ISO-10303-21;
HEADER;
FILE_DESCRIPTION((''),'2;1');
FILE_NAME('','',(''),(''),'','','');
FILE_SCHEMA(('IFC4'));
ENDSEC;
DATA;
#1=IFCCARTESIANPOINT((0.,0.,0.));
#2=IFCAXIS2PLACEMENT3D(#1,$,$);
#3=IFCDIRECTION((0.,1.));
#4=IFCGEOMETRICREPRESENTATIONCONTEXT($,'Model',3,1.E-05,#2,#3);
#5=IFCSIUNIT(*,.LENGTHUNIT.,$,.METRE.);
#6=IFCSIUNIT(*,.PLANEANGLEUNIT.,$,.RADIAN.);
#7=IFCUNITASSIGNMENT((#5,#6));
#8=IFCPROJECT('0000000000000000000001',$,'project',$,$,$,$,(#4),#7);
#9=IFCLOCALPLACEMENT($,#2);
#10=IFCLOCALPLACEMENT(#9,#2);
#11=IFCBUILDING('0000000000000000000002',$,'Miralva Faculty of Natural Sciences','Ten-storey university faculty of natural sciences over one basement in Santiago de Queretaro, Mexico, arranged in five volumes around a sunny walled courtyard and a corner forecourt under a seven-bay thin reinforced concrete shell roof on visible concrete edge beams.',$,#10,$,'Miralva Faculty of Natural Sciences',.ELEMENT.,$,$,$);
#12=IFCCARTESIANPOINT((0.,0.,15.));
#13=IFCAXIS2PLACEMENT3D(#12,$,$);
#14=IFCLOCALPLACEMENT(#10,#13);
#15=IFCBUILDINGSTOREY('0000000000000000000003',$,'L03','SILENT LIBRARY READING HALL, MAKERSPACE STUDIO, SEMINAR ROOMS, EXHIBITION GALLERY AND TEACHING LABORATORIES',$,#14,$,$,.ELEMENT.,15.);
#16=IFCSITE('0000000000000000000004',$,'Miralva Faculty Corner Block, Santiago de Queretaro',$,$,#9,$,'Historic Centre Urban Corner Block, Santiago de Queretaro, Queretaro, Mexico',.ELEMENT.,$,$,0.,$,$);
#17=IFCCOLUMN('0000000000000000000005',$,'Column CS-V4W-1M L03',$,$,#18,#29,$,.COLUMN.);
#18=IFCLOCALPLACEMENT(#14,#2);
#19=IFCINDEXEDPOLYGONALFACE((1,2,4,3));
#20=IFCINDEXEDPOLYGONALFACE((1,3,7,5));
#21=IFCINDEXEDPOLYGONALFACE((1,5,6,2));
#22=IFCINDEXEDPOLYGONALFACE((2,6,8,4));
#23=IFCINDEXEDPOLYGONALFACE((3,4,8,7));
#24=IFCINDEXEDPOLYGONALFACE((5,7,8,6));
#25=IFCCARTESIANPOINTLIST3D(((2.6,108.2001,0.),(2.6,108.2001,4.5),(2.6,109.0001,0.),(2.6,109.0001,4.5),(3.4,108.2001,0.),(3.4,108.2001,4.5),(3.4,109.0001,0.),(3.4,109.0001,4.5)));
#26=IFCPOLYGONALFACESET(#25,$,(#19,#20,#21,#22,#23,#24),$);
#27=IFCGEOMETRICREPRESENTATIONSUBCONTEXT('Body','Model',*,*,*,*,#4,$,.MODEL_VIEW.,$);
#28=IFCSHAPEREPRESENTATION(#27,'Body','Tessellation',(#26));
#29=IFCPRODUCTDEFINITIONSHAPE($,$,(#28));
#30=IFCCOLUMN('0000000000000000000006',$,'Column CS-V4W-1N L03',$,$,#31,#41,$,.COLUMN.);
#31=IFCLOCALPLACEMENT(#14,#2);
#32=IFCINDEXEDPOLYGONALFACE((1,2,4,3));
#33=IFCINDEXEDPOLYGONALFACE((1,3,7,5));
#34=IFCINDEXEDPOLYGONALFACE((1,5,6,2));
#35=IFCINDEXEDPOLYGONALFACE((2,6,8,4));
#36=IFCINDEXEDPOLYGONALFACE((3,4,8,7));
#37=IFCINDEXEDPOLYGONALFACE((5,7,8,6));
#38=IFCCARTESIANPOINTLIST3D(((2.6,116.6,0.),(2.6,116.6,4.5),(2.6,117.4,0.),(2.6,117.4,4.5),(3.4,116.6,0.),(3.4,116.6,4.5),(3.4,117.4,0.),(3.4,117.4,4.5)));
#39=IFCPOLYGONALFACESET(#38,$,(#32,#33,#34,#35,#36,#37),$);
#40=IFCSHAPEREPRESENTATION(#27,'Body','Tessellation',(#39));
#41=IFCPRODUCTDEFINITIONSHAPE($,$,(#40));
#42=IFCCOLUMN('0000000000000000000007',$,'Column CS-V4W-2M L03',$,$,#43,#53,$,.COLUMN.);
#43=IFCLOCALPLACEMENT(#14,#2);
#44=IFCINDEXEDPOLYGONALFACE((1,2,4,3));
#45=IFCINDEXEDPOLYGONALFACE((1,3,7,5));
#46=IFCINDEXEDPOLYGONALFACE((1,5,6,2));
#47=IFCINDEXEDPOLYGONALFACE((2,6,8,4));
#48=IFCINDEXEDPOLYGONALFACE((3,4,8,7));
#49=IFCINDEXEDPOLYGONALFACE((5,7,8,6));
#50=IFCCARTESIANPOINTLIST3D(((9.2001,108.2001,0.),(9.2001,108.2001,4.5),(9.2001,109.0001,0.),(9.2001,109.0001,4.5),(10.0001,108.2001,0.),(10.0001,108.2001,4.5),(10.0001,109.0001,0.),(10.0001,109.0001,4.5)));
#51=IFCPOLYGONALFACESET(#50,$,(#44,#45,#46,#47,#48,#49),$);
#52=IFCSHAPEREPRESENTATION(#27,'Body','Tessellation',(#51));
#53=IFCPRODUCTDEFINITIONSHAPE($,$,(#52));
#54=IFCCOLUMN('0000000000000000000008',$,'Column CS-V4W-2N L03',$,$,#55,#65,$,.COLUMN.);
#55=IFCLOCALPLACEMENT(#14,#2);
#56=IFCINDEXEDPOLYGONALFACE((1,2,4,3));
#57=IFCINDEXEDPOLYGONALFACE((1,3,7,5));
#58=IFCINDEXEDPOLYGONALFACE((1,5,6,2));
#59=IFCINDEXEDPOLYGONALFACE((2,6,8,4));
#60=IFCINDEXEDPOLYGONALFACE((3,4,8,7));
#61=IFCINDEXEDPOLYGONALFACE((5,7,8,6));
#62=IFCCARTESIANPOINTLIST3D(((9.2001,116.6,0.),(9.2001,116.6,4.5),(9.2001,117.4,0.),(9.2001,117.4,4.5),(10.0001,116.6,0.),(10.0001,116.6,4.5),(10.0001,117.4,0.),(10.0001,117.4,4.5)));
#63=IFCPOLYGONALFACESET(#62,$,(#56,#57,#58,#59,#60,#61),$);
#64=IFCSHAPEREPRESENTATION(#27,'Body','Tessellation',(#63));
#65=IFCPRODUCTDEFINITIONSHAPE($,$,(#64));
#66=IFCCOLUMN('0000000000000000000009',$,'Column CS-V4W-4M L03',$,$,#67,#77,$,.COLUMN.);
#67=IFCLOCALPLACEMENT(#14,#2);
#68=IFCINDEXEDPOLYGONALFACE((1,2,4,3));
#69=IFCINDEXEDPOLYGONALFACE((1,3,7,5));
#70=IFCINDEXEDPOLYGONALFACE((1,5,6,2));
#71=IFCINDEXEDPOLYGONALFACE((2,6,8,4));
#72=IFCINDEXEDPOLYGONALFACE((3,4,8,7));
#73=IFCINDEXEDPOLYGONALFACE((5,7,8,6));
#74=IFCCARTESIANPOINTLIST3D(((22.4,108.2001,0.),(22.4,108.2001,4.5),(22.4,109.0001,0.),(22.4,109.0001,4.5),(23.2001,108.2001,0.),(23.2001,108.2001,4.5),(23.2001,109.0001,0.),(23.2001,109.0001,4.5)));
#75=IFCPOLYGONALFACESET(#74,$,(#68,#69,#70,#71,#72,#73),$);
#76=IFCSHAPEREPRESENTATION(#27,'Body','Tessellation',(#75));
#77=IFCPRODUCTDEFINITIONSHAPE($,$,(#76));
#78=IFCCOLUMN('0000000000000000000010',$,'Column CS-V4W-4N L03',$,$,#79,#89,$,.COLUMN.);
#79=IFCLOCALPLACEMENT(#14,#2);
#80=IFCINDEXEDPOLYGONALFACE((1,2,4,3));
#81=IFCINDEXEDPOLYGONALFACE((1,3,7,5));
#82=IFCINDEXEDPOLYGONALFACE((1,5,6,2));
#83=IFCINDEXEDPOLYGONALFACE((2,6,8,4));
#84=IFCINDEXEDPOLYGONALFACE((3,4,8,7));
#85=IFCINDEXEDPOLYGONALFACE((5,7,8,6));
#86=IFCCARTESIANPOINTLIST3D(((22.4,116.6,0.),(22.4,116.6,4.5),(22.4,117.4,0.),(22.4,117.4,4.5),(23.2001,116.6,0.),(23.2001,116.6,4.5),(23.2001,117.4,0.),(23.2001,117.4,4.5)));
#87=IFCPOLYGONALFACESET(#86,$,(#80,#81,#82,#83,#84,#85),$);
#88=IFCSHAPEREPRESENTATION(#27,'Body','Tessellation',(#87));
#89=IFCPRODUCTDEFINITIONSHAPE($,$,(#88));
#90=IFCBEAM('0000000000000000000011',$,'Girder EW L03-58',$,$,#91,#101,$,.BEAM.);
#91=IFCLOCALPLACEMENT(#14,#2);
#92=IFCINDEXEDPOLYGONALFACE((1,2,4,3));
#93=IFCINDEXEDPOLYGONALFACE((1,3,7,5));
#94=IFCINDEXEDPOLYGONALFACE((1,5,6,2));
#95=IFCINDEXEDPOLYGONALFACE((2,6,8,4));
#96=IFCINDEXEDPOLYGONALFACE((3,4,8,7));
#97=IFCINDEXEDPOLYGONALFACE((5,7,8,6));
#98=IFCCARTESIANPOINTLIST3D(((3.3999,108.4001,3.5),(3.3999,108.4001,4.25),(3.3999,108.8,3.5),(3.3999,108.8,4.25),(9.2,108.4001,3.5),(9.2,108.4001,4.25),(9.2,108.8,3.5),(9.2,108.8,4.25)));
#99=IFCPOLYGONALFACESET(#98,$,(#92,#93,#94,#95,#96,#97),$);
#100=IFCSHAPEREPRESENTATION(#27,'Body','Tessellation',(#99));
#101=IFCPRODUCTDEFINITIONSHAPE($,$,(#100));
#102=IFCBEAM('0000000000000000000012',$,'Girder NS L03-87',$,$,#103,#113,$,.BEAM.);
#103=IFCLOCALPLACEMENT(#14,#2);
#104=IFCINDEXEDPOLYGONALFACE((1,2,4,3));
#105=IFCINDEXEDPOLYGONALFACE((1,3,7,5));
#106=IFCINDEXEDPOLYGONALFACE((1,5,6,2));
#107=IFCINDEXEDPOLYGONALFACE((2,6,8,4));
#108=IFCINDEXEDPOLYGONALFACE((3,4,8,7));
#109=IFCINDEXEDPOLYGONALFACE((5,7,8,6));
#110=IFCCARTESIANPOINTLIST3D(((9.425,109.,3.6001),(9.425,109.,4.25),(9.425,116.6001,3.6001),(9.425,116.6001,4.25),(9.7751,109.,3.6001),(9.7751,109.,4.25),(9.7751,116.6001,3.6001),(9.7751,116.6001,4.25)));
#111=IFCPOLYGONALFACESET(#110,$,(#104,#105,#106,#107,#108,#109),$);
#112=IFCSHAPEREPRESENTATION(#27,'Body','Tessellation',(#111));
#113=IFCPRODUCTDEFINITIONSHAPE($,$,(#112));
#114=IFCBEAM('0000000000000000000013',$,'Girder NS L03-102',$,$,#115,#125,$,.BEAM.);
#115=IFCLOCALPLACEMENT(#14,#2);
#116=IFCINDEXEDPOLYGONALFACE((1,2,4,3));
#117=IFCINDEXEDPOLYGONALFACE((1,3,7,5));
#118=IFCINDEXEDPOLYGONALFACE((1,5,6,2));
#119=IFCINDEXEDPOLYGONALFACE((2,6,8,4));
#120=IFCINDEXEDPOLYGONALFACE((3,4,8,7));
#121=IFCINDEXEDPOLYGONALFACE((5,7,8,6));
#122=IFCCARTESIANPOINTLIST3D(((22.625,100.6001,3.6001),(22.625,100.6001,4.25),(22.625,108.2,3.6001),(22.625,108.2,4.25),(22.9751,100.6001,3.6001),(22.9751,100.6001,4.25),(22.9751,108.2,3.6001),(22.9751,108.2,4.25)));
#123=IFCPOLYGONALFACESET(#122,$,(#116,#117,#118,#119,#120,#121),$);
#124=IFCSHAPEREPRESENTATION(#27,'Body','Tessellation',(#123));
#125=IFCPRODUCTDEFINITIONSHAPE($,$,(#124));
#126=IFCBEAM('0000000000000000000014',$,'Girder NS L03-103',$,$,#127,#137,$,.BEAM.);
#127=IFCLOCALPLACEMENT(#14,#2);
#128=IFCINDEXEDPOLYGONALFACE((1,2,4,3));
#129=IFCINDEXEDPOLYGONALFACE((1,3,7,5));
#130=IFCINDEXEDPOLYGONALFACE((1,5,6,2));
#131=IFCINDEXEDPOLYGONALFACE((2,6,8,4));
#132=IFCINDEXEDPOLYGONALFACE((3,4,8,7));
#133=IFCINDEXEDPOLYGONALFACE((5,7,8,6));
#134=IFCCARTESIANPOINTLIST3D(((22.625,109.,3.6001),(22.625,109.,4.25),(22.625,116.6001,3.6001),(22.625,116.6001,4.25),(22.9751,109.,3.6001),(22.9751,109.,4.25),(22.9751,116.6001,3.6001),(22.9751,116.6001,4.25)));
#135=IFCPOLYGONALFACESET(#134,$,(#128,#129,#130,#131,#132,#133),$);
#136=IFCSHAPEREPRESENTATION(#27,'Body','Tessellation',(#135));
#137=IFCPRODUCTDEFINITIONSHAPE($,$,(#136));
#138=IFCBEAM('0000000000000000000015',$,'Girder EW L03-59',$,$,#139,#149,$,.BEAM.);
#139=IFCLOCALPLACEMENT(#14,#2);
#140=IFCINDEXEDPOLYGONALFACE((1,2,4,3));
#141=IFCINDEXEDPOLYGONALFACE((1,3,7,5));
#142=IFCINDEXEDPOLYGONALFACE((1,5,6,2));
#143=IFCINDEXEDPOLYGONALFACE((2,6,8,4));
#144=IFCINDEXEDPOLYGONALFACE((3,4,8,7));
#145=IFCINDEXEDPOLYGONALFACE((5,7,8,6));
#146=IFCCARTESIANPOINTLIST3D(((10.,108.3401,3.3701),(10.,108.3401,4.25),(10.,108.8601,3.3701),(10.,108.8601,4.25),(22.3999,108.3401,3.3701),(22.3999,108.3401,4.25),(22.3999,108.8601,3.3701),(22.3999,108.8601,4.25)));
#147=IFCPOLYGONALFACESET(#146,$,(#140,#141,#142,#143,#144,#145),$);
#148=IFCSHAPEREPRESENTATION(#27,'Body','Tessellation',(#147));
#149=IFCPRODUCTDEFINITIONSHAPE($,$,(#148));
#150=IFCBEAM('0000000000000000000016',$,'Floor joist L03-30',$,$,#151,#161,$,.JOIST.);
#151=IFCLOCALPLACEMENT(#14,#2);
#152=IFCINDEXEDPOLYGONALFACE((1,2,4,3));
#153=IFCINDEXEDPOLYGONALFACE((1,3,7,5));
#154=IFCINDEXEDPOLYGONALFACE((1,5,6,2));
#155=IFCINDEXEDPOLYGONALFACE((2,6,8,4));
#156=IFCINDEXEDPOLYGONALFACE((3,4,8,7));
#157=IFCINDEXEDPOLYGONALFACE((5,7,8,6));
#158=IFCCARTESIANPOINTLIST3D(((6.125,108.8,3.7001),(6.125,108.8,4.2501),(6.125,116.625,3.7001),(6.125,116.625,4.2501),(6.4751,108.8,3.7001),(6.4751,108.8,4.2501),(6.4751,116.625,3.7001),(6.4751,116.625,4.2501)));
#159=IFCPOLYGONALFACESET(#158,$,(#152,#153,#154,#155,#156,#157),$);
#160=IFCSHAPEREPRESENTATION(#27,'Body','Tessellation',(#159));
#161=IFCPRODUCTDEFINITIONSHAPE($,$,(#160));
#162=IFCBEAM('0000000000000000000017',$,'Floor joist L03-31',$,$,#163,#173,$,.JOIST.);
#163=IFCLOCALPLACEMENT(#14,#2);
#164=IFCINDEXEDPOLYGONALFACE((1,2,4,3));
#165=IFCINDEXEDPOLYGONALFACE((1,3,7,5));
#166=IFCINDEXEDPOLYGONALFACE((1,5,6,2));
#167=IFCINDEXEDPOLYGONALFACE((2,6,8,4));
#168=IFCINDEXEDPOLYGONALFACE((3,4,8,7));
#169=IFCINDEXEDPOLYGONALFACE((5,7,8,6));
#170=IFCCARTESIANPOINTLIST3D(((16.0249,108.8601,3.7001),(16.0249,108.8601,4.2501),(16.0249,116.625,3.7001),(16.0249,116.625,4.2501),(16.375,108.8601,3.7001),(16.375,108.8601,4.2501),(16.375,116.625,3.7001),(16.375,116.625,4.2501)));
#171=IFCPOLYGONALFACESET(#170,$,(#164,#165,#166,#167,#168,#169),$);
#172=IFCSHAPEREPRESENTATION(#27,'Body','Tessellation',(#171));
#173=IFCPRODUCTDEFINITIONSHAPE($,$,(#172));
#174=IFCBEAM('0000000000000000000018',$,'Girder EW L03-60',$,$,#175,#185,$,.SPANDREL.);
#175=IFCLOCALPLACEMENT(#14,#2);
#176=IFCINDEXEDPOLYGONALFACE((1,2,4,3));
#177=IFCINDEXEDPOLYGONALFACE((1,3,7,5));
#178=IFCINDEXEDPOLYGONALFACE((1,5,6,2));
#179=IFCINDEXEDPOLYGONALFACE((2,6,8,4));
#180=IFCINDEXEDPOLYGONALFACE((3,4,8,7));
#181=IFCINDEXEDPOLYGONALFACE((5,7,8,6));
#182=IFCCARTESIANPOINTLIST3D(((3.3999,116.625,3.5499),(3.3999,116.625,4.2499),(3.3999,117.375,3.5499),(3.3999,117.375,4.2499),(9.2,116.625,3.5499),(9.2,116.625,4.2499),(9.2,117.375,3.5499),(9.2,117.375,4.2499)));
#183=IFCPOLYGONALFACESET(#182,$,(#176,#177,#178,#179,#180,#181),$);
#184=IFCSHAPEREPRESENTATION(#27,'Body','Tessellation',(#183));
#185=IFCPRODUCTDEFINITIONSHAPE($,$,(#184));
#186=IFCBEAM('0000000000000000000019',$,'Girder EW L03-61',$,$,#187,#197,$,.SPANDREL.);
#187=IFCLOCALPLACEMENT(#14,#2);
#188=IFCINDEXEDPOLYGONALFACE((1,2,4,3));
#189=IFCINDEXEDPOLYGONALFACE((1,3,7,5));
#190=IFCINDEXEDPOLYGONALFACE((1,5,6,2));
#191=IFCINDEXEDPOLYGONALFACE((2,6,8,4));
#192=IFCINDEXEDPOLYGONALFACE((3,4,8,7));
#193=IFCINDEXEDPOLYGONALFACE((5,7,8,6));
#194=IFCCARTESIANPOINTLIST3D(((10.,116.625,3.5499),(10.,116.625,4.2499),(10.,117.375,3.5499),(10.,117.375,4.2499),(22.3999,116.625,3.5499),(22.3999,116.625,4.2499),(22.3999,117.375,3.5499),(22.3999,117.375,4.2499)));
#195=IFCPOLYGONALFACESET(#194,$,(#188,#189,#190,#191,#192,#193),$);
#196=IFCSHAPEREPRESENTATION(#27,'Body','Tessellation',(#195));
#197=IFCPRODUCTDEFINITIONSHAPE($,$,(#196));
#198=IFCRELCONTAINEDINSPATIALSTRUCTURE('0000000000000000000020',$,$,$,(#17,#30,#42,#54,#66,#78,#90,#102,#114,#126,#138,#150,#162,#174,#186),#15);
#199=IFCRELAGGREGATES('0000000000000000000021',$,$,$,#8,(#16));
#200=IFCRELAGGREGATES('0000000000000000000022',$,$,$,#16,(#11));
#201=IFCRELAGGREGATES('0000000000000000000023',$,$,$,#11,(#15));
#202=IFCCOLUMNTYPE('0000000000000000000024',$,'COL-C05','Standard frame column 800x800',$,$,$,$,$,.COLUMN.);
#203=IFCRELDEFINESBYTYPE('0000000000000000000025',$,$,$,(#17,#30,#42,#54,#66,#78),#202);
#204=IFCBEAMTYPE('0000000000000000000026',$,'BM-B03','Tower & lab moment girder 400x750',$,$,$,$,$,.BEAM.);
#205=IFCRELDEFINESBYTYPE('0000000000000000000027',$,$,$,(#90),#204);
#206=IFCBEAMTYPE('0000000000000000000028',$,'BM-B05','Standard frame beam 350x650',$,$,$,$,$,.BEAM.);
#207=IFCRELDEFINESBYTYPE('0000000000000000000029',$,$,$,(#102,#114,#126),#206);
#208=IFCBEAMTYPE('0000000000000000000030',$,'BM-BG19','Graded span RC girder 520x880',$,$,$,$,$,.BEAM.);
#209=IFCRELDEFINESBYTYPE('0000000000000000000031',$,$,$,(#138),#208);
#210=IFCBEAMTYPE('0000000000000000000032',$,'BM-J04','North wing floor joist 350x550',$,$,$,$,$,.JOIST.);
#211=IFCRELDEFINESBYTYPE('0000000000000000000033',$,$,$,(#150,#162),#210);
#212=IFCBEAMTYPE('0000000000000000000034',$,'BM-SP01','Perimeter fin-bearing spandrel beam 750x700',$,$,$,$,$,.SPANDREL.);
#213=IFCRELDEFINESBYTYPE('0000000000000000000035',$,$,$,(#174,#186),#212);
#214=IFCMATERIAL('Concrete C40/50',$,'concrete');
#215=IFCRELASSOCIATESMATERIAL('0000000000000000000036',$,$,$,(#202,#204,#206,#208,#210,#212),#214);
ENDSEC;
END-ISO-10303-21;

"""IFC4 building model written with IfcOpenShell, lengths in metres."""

from ifc_helpers import new_model, si_unit, direction, frame, origin, origin_2d, place, context, subcontext, project, spatial, rectangle, extrude, material, material_profile, profile_set, type_object, element, save


model = new_model("IFC4")

# Units and contexts
model_context = context("Model", 3, precision=1e-05, world=origin(), true_north=direction((0.0, 1.0)))
body_context = subcontext(model_context, "Body", "Model", "MODEL_VIEW")
ifc_project = project(units=[si_unit("LENGTHUNIT", "METRE"), si_unit("PLANEANGLEUNIT", "RADIAN")], contexts=[model_context])

# Site, building, storey
site_placement = place(None, origin())
site = spatial("IfcSite", under=ifc_project, at=site_placement, Name="Miralva Faculty Corner Block, Santiago de Queretaro", LongName="Historic Centre Urban Corner Block, Santiago de Queretaro, Queretaro, Mexico", CompositionType="ELEMENT", RefElevation=0.0)
building_placement = place(site_placement, origin())
building = spatial("IfcBuilding", under=site, at=building_placement, Name="Miralva Faculty of Natural Sciences", Description="Ten-storey university faculty of natural sciences over one basement in Santiago de Queretaro, Mexico, arranged in five volumes around a sunny walled courtyard and a corner forecourt under a seven-bay thin reinforced concrete shell roof on visible concrete edge beams.", LongName="Miralva Faculty of Natural Sciences", CompositionType="ELEMENT")
storey_placement = place(building_placement, frame((0.0, 0.0, 15.0)))
storey = spatial("IfcBuildingStorey", under=building, at=storey_placement, Name="L03", Description="SILENT LIBRARY READING HALL, MAKERSPACE STUDIO, SEMINAR ROOMS, EXHIBITION GALLERY AND TEACHING LABORATORIES", CompositionType="ELEMENT", Elevation=15.0)

# Columns
ifc_material_1 = material(Name="Concrete C40/50", Category="concrete")
ifc_material_profile_1 = material_profile(ifc_material_1, rectangle(XDim=0.8, YDim=0.8, at=origin_2d()), Name="RC 800x800")
ifc_profile_set_1 = profile_set([ifc_material_profile_1], Name="Concrete C40/50")
column_type = type_object("IfcColumnType", Name="COL-C05", Description="Standard frame column 800x800", PredefinedType="COLUMN", material=ifc_profile_set_1)
for number, where, z_axis, x_axis, name in (
    (1, (3.0, 108.6001, 0.0), (0.0, 0.0, 1.0), (1.0, 0.0, 0.0), "Column CS-V4W-1M L03"),
    (2, (3.0, 117.0, 0.0), (0.0, 0.0, 1.0), (1.0, 0.0, 0.0), "Column CS-V4W-1N L03"),
    (3, (9.6001, 108.6001, 0.0), (0.0, 0.0, 1.0), (1.0, 0.0, 0.0), "Column CS-V4W-2M L03"),
    (4, (9.6001, 117.0, 0.0), (0.0, 0.0, 1.0), (1.0, 0.0, 0.0), "Column CS-V4W-2N L03"),
    (5, (22.8, 108.6001, 0.0), (0.0, 0.0, 1.0), (1.0, 0.0, 0.0), "Column CS-V4W-4M L03"),
    (6, (22.8, 117.0, 0.0), (0.0, 0.0, 1.0), (1.0, 0.0, 0.0), "Column CS-V4W-4N L03"),
):
    element("IfcColumn", number, at=place(storey_placement, frame(where, z_axis=z_axis, x_axis=x_axis)), inside=storey, type_object=column_type, Name=name, PredefinedType="COLUMN", context=body_context, shape_type="SweptSolid", body=[
        extrude(rectangle(XDim=0.8, YDim=0.8, at=origin_2d()), origin(), (0.0, 0.0, 1.0), 4.5),
    ])

# Beams
ifc_material_profile_2 = material_profile(ifc_material_1, rectangle(XDim=0.3999, YDim=0.75, at=origin_2d()), Name="RC 400x750")
ifc_profile_set_2 = profile_set([ifc_material_profile_2], Name="Concrete C40/50")
beam_type_1 = type_object("IfcBeamType", Name="BM-B03", Description="Tower & lab moment girder 400x750", PredefinedType="BEAM", material=ifc_profile_set_2)
beam_1_placement = place(storey_placement, frame((3.3999, 108.6001, 3.875), z_axis=(1.0, 0.0, 0.0), x_axis=(0.0, 1.0, 0.0)))
element("IfcBeam", 7, at=beam_1_placement, inside=storey, type_object=beam_type_1, Name="Girder EW L03-58", PredefinedType="BEAM", context=body_context, shape_type="SweptSolid", body=[
    extrude(rectangle(XDim=0.3999, YDim=0.75, at=origin_2d()), origin(), (0.0, 0.0, 1.0), 5.8),
])
ifc_material_profile_3 = material_profile(ifc_material_1, rectangle(XDim=0.3501, YDim=0.6499, at=origin_2d()), Name="RC 350x650")
ifc_profile_set_3 = profile_set([ifc_material_profile_3], Name="Concrete C40/50")
beam_type_2 = type_object("IfcBeamType", Name="BM-B05", Description="Standard frame beam 350x650", PredefinedType="BEAM", material=ifc_profile_set_3)
beam_2_placement = place(storey_placement, frame((9.6001, 109.0, 3.925), z_axis=(0.0, 1.0, 0.0), x_axis=(-1.0, 0.0, 0.0)))
element("IfcBeam", 8, at=beam_2_placement, inside=storey, type_object=beam_type_2, Name="Girder NS L03-87", PredefinedType="BEAM", context=body_context, shape_type="SweptSolid", body=[
    extrude(rectangle(XDim=0.3501, YDim=0.6499, at=origin_2d()), origin(), (0.0, 0.0, 1.0), 7.6001),
])
beam_3_placement = place(storey_placement, frame((22.8, 100.6001, 3.925), z_axis=(0.0, 1.0, 0.0), x_axis=(-1.0, 0.0, 0.0)))
element("IfcBeam", 9, at=beam_3_placement, inside=storey, type_object=beam_type_2, Name="Girder NS L03-102", PredefinedType="BEAM", context=body_context, shape_type="SweptSolid", body=[
    extrude(rectangle(XDim=0.3501, YDim=0.6499, at=origin_2d()), origin(), (0.0, 0.0, 1.0), 7.5999),
])
beam_4_placement = place(storey_placement, frame((22.8, 109.0, 3.925), z_axis=(0.0, 1.0, 0.0), x_axis=(-1.0, 0.0, 0.0)))
element("IfcBeam", 10, at=beam_4_placement, inside=storey, type_object=beam_type_2, Name="Girder NS L03-103", PredefinedType="BEAM", context=body_context, shape_type="SweptSolid", body=[
    extrude(rectangle(XDim=0.3501, YDim=0.6499, at=origin_2d()), origin(), (0.0, 0.0, 1.0), 7.6001),
])
ifc_material_profile_4 = material_profile(ifc_material_1, rectangle(XDim=0.52, YDim=0.8799, at=origin_2d()), Name="RC 520x880")
ifc_profile_set_4 = profile_set([ifc_material_profile_4], Name="Concrete C40/50")
beam_type_3 = type_object("IfcBeamType", Name="BM-BG19", Description="Graded span RC girder 520x880", PredefinedType="BEAM", material=ifc_profile_set_4)
beam_5_placement = place(storey_placement, frame((10.0, 108.6001, 3.8101), z_axis=(1.0, 0.0, 0.0), x_axis=(0.0, 1.0, 0.0)))
element("IfcBeam", 11, at=beam_5_placement, inside=storey, type_object=beam_type_3, Name="Girder EW L03-59", PredefinedType="BEAM", context=body_context, shape_type="SweptSolid", body=[
    extrude(rectangle(XDim=0.52, YDim=0.8799, at=origin_2d()), origin(), (0.0, 0.0, 1.0), 12.3999),
])
ifc_material_profile_5 = material_profile(ifc_material_1, rectangle(XDim=0.3501, YDim=0.55, at=origin_2d()), Name="RC 350x550")
ifc_profile_set_5 = profile_set([ifc_material_profile_5], Name="Concrete C40/50")
beam_type_4 = type_object("IfcBeamType", Name="BM-J04", Description="North wing floor joist 350x550", PredefinedType="JOIST", material=ifc_profile_set_5)
beam_6_placement = place(storey_placement, frame((6.3, 108.8, 3.9751), z_axis=(0.0, 1.0, 0.0), x_axis=(-1.0, 0.0, 0.0)))
element("IfcBeam", 12, at=beam_6_placement, inside=storey, type_object=beam_type_4, Name="Floor joist L03-30", PredefinedType="JOIST", context=body_context, shape_type="SweptSolid", body=[
    extrude(rectangle(XDim=0.3501, YDim=0.55, at=origin_2d()), origin(), (0.0, 0.0, 1.0), 7.825),
])
beam_7_placement = place(storey_placement, frame((16.2, 108.8601, 3.9751), z_axis=(0.0, 1.0, 0.0), x_axis=(-1.0, 0.0, 0.0)))
element("IfcBeam", 13, at=beam_7_placement, inside=storey, type_object=beam_type_4, Name="Floor joist L03-31", PredefinedType="JOIST", context=body_context, shape_type="SweptSolid", body=[
    extrude(rectangle(XDim=0.3501, YDim=0.55, at=origin_2d()), origin(), (0.0, 0.0, 1.0), 7.7649),
])
ifc_material_profile_6 = material_profile(ifc_material_1, rectangle(XDim=0.75, YDim=0.7, at=origin_2d()), Name="RC 750x700")
ifc_profile_set_6 = profile_set([ifc_material_profile_6], Name="Concrete C40/50")
beam_type_5 = type_object("IfcBeamType", Name="BM-SP01", Description="Perimeter fin-bearing spandrel beam 750x700", PredefinedType="SPANDREL", material=ifc_profile_set_6)
beam_8_placement = place(storey_placement, frame((3.3999, 117.0, 3.8999), z_axis=(1.0, 0.0, 0.0), x_axis=(0.0, 1.0, 0.0)))
element("IfcBeam", 14, at=beam_8_placement, inside=storey, type_object=beam_type_5, Name="Girder EW L03-60", PredefinedType="SPANDREL", context=body_context, shape_type="SweptSolid", body=[
    extrude(rectangle(XDim=0.75, YDim=0.7, at=origin_2d()), origin(), (0.0, 0.0, 1.0), 5.8),
])
beam_9_placement = place(storey_placement, frame((10.0, 117.0, 3.8999), z_axis=(1.0, 0.0, 0.0), x_axis=(0.0, 1.0, 0.0)))
element("IfcBeam", 15, at=beam_9_placement, inside=storey, type_object=beam_type_5, Name="Girder EW L03-61", PredefinedType="SPANDREL", context=body_context, shape_type="SweptSolid", body=[
    extrude(rectangle(XDim=0.75, YDim=0.7, at=origin_2d()), origin(), (0.0, 0.0, 1.0), 12.3999),
])

save(model, "model.ifc")
